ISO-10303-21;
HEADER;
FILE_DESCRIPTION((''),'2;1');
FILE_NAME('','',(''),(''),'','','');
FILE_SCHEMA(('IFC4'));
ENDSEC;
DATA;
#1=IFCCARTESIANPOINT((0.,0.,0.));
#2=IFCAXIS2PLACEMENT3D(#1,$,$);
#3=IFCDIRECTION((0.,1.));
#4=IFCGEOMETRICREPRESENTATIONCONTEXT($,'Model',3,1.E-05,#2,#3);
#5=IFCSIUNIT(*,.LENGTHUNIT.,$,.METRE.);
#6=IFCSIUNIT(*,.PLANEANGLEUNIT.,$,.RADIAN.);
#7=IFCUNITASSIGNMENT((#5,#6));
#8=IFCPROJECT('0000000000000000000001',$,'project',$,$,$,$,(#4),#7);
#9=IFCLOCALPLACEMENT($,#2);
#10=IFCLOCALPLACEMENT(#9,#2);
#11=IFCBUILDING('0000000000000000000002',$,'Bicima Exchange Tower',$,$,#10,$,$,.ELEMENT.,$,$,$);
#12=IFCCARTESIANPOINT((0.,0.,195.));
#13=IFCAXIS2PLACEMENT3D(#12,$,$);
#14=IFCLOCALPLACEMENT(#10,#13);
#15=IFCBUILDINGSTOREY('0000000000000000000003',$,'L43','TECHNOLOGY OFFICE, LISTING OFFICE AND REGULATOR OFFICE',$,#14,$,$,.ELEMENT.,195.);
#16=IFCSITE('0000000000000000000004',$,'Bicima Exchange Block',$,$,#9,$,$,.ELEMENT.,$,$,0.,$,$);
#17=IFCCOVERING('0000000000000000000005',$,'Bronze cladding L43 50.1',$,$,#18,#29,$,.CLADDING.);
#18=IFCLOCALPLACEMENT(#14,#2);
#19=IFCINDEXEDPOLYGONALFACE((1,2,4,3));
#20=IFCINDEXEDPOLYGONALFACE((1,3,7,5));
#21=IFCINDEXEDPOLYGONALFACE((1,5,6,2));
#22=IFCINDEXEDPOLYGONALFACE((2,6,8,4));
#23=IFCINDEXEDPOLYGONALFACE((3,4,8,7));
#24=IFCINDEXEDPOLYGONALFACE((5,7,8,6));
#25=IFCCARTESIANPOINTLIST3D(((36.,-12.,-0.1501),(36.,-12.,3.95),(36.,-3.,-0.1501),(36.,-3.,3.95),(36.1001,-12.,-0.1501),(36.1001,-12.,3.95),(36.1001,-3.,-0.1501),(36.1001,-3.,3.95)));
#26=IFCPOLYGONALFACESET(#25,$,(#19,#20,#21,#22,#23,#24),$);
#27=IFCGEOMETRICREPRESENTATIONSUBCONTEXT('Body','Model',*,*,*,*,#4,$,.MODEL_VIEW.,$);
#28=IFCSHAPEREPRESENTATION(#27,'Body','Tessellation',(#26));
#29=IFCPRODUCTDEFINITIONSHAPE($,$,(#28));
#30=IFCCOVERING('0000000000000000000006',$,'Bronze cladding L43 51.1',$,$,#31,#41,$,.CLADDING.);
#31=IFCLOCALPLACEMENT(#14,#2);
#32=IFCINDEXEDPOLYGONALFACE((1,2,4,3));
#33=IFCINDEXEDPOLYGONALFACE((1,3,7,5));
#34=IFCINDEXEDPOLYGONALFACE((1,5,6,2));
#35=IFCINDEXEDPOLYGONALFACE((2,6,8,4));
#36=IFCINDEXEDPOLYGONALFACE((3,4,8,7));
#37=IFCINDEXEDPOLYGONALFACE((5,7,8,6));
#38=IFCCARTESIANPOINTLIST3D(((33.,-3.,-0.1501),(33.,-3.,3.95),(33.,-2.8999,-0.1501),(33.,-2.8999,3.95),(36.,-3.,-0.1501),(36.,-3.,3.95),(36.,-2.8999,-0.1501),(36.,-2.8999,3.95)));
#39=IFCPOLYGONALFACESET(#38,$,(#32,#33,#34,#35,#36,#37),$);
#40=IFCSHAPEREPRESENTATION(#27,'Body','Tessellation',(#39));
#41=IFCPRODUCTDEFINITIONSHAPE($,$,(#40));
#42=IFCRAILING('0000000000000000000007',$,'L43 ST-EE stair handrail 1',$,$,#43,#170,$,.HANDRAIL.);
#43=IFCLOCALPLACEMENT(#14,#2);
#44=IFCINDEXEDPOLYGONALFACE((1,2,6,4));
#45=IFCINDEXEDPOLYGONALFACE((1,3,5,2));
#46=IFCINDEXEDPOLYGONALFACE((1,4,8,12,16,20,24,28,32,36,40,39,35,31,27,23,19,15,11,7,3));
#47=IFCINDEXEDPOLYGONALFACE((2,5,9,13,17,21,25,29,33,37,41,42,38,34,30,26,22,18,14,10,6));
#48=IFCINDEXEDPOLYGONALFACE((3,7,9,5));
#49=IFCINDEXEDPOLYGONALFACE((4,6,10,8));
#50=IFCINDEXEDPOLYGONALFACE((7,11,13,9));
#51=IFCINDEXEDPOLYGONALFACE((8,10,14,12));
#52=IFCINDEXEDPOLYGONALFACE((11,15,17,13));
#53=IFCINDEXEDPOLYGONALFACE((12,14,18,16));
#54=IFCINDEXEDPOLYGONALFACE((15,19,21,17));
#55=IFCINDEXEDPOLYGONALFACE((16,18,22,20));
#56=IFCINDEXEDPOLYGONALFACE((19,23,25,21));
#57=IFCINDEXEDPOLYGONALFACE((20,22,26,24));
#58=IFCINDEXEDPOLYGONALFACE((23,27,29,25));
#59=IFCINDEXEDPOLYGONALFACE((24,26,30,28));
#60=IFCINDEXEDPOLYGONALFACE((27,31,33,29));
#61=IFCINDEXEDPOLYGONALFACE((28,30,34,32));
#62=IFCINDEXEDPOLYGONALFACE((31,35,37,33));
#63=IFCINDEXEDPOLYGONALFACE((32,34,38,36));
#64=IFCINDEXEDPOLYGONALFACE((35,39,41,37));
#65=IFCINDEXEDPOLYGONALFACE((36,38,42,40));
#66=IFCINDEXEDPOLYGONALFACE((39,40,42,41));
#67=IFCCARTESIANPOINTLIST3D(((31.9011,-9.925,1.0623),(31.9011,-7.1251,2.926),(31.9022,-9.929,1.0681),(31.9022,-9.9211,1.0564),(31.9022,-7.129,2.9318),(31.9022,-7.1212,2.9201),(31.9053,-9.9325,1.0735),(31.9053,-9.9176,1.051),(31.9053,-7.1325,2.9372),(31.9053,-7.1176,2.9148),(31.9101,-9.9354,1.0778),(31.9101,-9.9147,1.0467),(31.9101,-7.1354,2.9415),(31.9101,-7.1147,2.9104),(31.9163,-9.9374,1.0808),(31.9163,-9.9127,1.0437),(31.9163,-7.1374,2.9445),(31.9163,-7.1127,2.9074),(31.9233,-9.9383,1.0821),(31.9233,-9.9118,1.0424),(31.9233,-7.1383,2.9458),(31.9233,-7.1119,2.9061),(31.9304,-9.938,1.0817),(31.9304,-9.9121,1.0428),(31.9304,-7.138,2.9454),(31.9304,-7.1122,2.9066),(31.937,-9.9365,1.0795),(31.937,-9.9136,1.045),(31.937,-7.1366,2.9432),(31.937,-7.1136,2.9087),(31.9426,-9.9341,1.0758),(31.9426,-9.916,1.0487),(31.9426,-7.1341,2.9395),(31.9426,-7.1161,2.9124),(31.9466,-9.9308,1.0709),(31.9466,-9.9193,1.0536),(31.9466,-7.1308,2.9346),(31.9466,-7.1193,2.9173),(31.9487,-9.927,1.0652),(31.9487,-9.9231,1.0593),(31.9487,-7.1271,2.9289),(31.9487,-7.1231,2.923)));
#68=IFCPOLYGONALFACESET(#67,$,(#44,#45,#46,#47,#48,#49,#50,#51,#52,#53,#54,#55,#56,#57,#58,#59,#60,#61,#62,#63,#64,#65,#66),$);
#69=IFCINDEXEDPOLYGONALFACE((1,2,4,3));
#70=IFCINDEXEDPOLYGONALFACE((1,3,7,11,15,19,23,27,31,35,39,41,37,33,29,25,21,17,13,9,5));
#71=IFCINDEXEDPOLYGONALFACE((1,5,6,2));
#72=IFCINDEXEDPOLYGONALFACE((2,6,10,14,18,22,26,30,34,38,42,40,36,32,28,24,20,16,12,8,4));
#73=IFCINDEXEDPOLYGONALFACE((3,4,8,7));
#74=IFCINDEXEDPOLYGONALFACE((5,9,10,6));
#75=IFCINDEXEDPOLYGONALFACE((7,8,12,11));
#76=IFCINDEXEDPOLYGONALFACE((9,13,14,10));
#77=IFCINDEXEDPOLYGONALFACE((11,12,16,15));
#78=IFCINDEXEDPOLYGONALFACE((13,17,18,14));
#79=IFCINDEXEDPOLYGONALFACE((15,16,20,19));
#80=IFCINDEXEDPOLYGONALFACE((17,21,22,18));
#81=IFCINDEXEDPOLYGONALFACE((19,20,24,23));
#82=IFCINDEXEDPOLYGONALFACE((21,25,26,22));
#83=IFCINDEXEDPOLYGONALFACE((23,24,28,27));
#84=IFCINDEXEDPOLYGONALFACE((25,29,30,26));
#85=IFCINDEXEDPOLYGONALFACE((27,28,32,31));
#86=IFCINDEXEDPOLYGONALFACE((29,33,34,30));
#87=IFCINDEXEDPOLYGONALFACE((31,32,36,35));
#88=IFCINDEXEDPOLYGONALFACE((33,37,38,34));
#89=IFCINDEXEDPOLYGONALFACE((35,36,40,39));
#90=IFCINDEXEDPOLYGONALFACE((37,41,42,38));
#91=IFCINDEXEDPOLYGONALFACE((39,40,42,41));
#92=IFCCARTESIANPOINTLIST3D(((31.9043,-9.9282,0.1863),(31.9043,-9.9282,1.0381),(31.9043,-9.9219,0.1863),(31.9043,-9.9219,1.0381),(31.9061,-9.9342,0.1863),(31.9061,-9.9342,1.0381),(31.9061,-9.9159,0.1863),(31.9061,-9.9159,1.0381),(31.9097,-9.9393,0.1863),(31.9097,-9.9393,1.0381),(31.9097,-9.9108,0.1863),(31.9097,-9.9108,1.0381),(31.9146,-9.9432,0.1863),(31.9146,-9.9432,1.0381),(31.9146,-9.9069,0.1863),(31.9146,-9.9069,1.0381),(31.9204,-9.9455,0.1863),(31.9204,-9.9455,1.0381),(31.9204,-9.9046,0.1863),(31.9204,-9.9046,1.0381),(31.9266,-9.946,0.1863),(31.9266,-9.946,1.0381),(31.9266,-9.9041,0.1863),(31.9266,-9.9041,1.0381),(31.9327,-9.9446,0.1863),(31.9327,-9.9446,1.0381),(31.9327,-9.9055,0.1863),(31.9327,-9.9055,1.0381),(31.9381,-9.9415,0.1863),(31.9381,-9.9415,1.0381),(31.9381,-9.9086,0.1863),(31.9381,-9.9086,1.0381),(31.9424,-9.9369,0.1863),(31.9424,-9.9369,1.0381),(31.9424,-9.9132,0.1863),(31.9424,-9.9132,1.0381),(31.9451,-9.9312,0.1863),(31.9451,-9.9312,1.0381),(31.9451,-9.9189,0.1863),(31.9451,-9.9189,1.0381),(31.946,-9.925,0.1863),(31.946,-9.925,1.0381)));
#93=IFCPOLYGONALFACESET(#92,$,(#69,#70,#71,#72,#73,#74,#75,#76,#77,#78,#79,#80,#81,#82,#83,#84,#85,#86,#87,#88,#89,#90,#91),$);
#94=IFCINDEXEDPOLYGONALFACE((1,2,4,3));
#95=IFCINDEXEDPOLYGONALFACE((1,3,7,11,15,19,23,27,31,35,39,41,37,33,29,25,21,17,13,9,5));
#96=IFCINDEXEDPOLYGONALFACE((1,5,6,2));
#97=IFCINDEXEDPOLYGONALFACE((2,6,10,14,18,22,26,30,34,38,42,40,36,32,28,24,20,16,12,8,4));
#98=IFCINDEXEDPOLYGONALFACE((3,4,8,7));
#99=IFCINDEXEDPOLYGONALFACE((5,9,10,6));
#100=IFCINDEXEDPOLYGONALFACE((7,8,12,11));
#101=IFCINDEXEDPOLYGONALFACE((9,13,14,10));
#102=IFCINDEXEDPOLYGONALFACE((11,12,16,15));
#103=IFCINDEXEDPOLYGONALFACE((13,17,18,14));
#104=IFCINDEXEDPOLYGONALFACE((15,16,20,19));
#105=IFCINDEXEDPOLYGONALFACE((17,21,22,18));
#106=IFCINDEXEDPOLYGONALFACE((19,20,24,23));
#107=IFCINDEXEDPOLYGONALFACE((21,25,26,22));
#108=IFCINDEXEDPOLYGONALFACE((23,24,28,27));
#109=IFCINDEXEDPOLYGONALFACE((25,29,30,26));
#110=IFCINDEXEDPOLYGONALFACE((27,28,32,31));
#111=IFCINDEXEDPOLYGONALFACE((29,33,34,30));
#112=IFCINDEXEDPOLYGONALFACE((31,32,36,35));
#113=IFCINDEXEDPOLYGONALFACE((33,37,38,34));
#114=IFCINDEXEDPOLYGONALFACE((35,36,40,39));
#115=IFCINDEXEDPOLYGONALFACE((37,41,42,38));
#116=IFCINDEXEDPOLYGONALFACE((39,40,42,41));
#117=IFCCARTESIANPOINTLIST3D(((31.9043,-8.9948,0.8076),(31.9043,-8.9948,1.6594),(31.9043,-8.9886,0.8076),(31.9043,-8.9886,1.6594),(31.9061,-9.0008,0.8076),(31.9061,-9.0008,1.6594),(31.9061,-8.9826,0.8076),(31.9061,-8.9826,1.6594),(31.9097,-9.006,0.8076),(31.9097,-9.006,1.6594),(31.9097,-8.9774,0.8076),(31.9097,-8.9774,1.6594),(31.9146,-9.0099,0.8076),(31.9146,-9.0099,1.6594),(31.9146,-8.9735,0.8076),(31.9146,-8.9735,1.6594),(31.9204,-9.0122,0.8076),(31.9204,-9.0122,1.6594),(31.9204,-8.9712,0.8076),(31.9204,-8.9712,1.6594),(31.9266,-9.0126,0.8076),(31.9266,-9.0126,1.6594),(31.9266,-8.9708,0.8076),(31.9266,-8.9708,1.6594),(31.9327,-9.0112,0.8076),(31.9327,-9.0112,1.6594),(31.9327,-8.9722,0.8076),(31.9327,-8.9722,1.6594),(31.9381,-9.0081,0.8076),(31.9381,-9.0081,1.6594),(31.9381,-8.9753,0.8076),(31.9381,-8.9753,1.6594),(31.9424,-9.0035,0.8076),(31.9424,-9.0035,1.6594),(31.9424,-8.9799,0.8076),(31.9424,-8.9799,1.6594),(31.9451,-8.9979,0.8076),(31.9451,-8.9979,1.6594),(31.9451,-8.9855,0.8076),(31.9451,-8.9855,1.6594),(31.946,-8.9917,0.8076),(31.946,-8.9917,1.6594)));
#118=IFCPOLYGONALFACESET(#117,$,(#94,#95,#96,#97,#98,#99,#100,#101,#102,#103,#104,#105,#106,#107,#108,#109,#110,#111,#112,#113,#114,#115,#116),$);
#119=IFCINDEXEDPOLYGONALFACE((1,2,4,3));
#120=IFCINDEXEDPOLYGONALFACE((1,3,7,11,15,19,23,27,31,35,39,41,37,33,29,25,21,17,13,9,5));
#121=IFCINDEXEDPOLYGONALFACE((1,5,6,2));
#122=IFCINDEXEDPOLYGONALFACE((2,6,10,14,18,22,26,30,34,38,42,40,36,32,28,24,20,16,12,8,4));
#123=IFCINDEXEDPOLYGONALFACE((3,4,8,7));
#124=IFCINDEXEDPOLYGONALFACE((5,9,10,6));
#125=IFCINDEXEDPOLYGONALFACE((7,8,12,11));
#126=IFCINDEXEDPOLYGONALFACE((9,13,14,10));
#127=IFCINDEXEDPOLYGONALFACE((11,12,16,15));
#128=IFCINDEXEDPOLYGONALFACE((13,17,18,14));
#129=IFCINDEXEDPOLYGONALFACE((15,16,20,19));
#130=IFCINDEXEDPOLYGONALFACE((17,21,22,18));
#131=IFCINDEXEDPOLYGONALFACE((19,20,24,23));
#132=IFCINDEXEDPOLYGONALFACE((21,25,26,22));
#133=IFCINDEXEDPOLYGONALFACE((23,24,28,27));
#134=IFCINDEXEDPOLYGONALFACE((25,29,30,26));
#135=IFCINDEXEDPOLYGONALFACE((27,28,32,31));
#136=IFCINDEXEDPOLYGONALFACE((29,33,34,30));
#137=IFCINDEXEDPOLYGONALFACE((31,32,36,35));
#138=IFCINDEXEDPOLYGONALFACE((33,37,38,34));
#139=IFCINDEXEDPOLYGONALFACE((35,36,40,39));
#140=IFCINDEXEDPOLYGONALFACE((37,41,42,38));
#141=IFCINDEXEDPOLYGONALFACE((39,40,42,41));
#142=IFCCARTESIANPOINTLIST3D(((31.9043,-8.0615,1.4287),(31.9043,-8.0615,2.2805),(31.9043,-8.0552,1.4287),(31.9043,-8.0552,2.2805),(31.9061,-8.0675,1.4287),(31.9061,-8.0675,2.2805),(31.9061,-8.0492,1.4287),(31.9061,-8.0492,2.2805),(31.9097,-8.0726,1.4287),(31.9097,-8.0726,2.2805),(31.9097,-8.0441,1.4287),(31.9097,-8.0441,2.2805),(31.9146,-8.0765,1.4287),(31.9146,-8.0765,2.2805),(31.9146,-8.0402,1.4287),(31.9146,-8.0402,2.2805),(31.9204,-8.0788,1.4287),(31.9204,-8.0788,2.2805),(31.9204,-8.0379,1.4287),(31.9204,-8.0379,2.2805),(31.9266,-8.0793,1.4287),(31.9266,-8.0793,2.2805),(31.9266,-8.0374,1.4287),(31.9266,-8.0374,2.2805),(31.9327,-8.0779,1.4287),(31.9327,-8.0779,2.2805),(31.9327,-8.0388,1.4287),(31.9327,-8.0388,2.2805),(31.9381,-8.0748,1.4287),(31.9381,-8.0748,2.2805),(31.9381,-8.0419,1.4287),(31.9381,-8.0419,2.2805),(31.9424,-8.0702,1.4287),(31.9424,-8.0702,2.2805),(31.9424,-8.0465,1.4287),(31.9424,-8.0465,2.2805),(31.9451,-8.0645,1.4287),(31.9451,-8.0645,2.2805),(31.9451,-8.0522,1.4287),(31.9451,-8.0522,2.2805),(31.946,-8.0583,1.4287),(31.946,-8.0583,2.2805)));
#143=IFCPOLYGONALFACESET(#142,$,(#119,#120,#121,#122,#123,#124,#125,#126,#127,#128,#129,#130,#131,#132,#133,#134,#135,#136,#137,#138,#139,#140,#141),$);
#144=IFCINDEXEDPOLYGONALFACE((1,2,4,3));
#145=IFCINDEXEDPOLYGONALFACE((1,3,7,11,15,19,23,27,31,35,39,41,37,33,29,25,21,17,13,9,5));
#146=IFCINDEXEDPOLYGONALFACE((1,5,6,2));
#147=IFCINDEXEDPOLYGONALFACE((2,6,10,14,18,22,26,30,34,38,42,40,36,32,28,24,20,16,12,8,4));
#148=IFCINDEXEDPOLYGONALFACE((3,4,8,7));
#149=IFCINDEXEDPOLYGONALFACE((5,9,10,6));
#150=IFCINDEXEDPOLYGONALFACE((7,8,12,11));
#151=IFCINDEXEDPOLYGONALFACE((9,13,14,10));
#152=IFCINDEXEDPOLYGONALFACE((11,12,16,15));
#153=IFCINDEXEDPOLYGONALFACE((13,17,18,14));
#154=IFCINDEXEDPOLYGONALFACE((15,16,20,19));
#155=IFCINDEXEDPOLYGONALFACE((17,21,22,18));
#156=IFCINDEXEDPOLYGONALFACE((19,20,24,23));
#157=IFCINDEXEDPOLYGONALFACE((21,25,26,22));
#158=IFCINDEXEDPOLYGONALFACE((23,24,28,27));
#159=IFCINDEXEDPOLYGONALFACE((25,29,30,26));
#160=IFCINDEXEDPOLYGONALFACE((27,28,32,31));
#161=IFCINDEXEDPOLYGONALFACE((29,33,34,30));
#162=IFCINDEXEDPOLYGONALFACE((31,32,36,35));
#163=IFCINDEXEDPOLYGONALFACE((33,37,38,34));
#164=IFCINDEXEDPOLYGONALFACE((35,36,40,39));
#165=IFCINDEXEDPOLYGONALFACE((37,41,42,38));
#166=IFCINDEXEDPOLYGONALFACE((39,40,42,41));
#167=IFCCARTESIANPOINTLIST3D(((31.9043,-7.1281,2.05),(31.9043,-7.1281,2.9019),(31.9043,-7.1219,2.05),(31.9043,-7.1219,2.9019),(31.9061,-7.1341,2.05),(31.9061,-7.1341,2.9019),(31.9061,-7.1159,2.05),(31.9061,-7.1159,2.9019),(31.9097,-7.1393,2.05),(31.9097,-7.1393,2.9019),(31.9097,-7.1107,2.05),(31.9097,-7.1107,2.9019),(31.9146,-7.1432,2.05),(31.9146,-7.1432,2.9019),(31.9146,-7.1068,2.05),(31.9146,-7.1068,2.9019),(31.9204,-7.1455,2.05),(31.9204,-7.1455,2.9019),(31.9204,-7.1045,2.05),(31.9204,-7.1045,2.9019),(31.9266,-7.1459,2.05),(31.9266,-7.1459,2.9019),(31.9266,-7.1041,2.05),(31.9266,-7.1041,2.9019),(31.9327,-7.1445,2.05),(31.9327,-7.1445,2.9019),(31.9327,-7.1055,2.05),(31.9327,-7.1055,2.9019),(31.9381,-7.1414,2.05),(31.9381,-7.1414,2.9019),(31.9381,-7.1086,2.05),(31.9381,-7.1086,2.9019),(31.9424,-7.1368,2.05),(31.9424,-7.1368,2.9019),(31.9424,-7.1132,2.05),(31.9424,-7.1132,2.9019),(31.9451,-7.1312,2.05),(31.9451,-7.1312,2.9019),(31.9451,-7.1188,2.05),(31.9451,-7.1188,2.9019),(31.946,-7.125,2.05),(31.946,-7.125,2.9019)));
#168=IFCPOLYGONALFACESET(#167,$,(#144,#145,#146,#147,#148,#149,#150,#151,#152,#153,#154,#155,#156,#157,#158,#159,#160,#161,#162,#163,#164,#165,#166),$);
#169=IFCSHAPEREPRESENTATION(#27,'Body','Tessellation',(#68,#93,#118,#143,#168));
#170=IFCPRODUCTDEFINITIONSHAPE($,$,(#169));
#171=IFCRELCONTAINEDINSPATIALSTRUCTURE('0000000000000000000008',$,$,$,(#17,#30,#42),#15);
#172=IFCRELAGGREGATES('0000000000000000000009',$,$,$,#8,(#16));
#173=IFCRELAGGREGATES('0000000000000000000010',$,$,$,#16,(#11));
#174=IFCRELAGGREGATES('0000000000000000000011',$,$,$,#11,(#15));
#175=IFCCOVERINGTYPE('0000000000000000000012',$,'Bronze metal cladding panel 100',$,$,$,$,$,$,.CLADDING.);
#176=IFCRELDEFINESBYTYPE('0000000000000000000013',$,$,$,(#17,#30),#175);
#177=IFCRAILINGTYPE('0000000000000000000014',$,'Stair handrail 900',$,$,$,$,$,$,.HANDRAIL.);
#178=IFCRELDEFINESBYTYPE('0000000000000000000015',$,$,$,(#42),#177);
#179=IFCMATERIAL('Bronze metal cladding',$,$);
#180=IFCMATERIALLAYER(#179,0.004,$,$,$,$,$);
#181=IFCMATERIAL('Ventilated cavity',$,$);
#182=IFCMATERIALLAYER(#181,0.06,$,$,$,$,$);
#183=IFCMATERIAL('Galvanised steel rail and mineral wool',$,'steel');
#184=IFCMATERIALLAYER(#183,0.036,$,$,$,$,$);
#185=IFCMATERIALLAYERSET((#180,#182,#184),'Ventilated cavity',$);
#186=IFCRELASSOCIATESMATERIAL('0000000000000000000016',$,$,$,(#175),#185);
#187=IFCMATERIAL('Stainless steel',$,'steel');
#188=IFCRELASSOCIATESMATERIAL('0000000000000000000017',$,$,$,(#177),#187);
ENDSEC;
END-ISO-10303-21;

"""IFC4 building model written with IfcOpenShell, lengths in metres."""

from ifc_helpers import new_model, si_unit, direction, frame, origin, origin_2d, place, context, subcontext, project, spatial, rectangle, circle, extrude, material, layer, layer_set, type_object, element, save


model = new_model("IFC4")

# Units and contexts
model_context = context("Model", 3, precision=1e-05, world=origin(), true_north=direction((0.0, 1.0)))
body_context = subcontext(model_context, "Body", "Model", "MODEL_VIEW")
ifc_project = project(units=[si_unit("LENGTHUNIT", "METRE"), si_unit("PLANEANGLEUNIT", "RADIAN")], contexts=[model_context])

# Site, building, storey
site_placement = place(None, origin())
site = spatial("IfcSite", under=ifc_project, at=site_placement, Name="Bicima Exchange Block", CompositionType="ELEMENT", RefElevation=0.0)
building_placement = place(site_placement, origin())
building = spatial("IfcBuilding", under=site, at=building_placement, Name="Bicima Exchange Tower", CompositionType="ELEMENT")
storey_placement = place(building_placement, frame((0.0, 0.0, 195.0)))
storey = spatial("IfcBuildingStorey", under=building, at=storey_placement, Name="L43", Description="TECHNOLOGY OFFICE, LISTING OFFICE AND REGULATOR OFFICE", CompositionType="ELEMENT", Elevation=195.0)

# Coverings
ifc_material_1 = material(Name="Bronze metal cladding")
ifc_layer_1 = layer(ifc_material_1, 0.004)
ifc_material_2 = material(Name="Ventilated cavity")
ifc_layer_2 = layer(ifc_material_2, 0.06)
ifc_material_3 = material(Name="Galvanised steel rail and mineral wool", Category="steel")
ifc_layer_3 = layer(ifc_material_3, 0.036)
ifc_layer_set_1 = layer_set([ifc_layer_1, ifc_layer_2, ifc_layer_3], Name="Ventilated cavity")
covering_type = type_object("IfcCoveringType", Name="Bronze metal cladding panel 100", PredefinedType="CLADDING", material=ifc_layer_set_1)
covering_1_placement = place(storey_placement, frame((36.05, -7.5, -0.1501), z_axis=(0.0, 0.0, 1.0), x_axis=(0.0, 1.0, 0.0)))
element("IfcCovering", 1, at=covering_1_placement, inside=storey, type_object=covering_type, Name="Bronze cladding L43 50.1", PredefinedType="CLADDING", context=body_context, shape_type="SweptSolid", body=[
    extrude(rectangle(XDim=9.0, YDim=0.1001, at=origin_2d()), origin(), (0.0, 0.0, 1.0), 4.1001),
])
covering_2_placement = place(storey_placement, frame((34.5, -2.95, -0.1501), z_axis=(0.0, 0.0, 1.0), x_axis=(-1.0, 0.0, 0.0)))
element("IfcCovering", 2, at=covering_2_placement, inside=storey, type_object=covering_type, Name="Bronze cladding L43 51.1", PredefinedType="CLADDING", context=body_context, shape_type="SweptSolid", body=[
    extrude(rectangle(XDim=3.0, YDim=0.1001, at=origin_2d()), origin(), (0.0, 0.0, 1.0), 4.1001),
])

# Railing
ifc_material_4 = material(Name="Stainless steel", Category="steel")
railing_type = type_object("IfcRailingType", Name="Stair handrail 900", PredefinedType="HANDRAIL", material=ifc_material_4)
railing_placement = place(storey_placement, frame((31.925, -9.925, 0.1863)))
element("IfcRailing", 3, at=railing_placement, inside=storey, type_object=railing_type, Name="L43 ST-EE stair handrail 1", PredefinedType="HANDRAIL", context=body_context, shape_type="SweptSolid", body=[
    extrude(circle(Radius=0.0239, at=origin_2d()), frame((0.0, 0.0, 0.876), z_axis=(0.0, 0.832452, 0.554097), x_axis=(-1.0, 0.0, 0.0)), (0.0, 0.0, 1.0), 3.3635),
    extrude(circle(Radius=0.021, at=origin_2d()), origin(), (0.0, 0.0, 1.0), 0.8518),
    extrude(circle(Radius=0.021, at=origin_2d()), frame((0.0, 0.9333, 0.6213)), (0.0, 0.0, 1.0), 0.8518),
    extrude(circle(Radius=0.021, at=origin_2d()), frame((0.0, 1.8667, 1.2424)), (0.0, 0.0, 1.0), 0.8518),
    extrude(circle(Radius=0.021, at=origin_2d()), frame((0.0, 2.8, 1.8638)), (0.0, 0.0, 1.0), 0.8518),
])

save(model, "model.ifc")
